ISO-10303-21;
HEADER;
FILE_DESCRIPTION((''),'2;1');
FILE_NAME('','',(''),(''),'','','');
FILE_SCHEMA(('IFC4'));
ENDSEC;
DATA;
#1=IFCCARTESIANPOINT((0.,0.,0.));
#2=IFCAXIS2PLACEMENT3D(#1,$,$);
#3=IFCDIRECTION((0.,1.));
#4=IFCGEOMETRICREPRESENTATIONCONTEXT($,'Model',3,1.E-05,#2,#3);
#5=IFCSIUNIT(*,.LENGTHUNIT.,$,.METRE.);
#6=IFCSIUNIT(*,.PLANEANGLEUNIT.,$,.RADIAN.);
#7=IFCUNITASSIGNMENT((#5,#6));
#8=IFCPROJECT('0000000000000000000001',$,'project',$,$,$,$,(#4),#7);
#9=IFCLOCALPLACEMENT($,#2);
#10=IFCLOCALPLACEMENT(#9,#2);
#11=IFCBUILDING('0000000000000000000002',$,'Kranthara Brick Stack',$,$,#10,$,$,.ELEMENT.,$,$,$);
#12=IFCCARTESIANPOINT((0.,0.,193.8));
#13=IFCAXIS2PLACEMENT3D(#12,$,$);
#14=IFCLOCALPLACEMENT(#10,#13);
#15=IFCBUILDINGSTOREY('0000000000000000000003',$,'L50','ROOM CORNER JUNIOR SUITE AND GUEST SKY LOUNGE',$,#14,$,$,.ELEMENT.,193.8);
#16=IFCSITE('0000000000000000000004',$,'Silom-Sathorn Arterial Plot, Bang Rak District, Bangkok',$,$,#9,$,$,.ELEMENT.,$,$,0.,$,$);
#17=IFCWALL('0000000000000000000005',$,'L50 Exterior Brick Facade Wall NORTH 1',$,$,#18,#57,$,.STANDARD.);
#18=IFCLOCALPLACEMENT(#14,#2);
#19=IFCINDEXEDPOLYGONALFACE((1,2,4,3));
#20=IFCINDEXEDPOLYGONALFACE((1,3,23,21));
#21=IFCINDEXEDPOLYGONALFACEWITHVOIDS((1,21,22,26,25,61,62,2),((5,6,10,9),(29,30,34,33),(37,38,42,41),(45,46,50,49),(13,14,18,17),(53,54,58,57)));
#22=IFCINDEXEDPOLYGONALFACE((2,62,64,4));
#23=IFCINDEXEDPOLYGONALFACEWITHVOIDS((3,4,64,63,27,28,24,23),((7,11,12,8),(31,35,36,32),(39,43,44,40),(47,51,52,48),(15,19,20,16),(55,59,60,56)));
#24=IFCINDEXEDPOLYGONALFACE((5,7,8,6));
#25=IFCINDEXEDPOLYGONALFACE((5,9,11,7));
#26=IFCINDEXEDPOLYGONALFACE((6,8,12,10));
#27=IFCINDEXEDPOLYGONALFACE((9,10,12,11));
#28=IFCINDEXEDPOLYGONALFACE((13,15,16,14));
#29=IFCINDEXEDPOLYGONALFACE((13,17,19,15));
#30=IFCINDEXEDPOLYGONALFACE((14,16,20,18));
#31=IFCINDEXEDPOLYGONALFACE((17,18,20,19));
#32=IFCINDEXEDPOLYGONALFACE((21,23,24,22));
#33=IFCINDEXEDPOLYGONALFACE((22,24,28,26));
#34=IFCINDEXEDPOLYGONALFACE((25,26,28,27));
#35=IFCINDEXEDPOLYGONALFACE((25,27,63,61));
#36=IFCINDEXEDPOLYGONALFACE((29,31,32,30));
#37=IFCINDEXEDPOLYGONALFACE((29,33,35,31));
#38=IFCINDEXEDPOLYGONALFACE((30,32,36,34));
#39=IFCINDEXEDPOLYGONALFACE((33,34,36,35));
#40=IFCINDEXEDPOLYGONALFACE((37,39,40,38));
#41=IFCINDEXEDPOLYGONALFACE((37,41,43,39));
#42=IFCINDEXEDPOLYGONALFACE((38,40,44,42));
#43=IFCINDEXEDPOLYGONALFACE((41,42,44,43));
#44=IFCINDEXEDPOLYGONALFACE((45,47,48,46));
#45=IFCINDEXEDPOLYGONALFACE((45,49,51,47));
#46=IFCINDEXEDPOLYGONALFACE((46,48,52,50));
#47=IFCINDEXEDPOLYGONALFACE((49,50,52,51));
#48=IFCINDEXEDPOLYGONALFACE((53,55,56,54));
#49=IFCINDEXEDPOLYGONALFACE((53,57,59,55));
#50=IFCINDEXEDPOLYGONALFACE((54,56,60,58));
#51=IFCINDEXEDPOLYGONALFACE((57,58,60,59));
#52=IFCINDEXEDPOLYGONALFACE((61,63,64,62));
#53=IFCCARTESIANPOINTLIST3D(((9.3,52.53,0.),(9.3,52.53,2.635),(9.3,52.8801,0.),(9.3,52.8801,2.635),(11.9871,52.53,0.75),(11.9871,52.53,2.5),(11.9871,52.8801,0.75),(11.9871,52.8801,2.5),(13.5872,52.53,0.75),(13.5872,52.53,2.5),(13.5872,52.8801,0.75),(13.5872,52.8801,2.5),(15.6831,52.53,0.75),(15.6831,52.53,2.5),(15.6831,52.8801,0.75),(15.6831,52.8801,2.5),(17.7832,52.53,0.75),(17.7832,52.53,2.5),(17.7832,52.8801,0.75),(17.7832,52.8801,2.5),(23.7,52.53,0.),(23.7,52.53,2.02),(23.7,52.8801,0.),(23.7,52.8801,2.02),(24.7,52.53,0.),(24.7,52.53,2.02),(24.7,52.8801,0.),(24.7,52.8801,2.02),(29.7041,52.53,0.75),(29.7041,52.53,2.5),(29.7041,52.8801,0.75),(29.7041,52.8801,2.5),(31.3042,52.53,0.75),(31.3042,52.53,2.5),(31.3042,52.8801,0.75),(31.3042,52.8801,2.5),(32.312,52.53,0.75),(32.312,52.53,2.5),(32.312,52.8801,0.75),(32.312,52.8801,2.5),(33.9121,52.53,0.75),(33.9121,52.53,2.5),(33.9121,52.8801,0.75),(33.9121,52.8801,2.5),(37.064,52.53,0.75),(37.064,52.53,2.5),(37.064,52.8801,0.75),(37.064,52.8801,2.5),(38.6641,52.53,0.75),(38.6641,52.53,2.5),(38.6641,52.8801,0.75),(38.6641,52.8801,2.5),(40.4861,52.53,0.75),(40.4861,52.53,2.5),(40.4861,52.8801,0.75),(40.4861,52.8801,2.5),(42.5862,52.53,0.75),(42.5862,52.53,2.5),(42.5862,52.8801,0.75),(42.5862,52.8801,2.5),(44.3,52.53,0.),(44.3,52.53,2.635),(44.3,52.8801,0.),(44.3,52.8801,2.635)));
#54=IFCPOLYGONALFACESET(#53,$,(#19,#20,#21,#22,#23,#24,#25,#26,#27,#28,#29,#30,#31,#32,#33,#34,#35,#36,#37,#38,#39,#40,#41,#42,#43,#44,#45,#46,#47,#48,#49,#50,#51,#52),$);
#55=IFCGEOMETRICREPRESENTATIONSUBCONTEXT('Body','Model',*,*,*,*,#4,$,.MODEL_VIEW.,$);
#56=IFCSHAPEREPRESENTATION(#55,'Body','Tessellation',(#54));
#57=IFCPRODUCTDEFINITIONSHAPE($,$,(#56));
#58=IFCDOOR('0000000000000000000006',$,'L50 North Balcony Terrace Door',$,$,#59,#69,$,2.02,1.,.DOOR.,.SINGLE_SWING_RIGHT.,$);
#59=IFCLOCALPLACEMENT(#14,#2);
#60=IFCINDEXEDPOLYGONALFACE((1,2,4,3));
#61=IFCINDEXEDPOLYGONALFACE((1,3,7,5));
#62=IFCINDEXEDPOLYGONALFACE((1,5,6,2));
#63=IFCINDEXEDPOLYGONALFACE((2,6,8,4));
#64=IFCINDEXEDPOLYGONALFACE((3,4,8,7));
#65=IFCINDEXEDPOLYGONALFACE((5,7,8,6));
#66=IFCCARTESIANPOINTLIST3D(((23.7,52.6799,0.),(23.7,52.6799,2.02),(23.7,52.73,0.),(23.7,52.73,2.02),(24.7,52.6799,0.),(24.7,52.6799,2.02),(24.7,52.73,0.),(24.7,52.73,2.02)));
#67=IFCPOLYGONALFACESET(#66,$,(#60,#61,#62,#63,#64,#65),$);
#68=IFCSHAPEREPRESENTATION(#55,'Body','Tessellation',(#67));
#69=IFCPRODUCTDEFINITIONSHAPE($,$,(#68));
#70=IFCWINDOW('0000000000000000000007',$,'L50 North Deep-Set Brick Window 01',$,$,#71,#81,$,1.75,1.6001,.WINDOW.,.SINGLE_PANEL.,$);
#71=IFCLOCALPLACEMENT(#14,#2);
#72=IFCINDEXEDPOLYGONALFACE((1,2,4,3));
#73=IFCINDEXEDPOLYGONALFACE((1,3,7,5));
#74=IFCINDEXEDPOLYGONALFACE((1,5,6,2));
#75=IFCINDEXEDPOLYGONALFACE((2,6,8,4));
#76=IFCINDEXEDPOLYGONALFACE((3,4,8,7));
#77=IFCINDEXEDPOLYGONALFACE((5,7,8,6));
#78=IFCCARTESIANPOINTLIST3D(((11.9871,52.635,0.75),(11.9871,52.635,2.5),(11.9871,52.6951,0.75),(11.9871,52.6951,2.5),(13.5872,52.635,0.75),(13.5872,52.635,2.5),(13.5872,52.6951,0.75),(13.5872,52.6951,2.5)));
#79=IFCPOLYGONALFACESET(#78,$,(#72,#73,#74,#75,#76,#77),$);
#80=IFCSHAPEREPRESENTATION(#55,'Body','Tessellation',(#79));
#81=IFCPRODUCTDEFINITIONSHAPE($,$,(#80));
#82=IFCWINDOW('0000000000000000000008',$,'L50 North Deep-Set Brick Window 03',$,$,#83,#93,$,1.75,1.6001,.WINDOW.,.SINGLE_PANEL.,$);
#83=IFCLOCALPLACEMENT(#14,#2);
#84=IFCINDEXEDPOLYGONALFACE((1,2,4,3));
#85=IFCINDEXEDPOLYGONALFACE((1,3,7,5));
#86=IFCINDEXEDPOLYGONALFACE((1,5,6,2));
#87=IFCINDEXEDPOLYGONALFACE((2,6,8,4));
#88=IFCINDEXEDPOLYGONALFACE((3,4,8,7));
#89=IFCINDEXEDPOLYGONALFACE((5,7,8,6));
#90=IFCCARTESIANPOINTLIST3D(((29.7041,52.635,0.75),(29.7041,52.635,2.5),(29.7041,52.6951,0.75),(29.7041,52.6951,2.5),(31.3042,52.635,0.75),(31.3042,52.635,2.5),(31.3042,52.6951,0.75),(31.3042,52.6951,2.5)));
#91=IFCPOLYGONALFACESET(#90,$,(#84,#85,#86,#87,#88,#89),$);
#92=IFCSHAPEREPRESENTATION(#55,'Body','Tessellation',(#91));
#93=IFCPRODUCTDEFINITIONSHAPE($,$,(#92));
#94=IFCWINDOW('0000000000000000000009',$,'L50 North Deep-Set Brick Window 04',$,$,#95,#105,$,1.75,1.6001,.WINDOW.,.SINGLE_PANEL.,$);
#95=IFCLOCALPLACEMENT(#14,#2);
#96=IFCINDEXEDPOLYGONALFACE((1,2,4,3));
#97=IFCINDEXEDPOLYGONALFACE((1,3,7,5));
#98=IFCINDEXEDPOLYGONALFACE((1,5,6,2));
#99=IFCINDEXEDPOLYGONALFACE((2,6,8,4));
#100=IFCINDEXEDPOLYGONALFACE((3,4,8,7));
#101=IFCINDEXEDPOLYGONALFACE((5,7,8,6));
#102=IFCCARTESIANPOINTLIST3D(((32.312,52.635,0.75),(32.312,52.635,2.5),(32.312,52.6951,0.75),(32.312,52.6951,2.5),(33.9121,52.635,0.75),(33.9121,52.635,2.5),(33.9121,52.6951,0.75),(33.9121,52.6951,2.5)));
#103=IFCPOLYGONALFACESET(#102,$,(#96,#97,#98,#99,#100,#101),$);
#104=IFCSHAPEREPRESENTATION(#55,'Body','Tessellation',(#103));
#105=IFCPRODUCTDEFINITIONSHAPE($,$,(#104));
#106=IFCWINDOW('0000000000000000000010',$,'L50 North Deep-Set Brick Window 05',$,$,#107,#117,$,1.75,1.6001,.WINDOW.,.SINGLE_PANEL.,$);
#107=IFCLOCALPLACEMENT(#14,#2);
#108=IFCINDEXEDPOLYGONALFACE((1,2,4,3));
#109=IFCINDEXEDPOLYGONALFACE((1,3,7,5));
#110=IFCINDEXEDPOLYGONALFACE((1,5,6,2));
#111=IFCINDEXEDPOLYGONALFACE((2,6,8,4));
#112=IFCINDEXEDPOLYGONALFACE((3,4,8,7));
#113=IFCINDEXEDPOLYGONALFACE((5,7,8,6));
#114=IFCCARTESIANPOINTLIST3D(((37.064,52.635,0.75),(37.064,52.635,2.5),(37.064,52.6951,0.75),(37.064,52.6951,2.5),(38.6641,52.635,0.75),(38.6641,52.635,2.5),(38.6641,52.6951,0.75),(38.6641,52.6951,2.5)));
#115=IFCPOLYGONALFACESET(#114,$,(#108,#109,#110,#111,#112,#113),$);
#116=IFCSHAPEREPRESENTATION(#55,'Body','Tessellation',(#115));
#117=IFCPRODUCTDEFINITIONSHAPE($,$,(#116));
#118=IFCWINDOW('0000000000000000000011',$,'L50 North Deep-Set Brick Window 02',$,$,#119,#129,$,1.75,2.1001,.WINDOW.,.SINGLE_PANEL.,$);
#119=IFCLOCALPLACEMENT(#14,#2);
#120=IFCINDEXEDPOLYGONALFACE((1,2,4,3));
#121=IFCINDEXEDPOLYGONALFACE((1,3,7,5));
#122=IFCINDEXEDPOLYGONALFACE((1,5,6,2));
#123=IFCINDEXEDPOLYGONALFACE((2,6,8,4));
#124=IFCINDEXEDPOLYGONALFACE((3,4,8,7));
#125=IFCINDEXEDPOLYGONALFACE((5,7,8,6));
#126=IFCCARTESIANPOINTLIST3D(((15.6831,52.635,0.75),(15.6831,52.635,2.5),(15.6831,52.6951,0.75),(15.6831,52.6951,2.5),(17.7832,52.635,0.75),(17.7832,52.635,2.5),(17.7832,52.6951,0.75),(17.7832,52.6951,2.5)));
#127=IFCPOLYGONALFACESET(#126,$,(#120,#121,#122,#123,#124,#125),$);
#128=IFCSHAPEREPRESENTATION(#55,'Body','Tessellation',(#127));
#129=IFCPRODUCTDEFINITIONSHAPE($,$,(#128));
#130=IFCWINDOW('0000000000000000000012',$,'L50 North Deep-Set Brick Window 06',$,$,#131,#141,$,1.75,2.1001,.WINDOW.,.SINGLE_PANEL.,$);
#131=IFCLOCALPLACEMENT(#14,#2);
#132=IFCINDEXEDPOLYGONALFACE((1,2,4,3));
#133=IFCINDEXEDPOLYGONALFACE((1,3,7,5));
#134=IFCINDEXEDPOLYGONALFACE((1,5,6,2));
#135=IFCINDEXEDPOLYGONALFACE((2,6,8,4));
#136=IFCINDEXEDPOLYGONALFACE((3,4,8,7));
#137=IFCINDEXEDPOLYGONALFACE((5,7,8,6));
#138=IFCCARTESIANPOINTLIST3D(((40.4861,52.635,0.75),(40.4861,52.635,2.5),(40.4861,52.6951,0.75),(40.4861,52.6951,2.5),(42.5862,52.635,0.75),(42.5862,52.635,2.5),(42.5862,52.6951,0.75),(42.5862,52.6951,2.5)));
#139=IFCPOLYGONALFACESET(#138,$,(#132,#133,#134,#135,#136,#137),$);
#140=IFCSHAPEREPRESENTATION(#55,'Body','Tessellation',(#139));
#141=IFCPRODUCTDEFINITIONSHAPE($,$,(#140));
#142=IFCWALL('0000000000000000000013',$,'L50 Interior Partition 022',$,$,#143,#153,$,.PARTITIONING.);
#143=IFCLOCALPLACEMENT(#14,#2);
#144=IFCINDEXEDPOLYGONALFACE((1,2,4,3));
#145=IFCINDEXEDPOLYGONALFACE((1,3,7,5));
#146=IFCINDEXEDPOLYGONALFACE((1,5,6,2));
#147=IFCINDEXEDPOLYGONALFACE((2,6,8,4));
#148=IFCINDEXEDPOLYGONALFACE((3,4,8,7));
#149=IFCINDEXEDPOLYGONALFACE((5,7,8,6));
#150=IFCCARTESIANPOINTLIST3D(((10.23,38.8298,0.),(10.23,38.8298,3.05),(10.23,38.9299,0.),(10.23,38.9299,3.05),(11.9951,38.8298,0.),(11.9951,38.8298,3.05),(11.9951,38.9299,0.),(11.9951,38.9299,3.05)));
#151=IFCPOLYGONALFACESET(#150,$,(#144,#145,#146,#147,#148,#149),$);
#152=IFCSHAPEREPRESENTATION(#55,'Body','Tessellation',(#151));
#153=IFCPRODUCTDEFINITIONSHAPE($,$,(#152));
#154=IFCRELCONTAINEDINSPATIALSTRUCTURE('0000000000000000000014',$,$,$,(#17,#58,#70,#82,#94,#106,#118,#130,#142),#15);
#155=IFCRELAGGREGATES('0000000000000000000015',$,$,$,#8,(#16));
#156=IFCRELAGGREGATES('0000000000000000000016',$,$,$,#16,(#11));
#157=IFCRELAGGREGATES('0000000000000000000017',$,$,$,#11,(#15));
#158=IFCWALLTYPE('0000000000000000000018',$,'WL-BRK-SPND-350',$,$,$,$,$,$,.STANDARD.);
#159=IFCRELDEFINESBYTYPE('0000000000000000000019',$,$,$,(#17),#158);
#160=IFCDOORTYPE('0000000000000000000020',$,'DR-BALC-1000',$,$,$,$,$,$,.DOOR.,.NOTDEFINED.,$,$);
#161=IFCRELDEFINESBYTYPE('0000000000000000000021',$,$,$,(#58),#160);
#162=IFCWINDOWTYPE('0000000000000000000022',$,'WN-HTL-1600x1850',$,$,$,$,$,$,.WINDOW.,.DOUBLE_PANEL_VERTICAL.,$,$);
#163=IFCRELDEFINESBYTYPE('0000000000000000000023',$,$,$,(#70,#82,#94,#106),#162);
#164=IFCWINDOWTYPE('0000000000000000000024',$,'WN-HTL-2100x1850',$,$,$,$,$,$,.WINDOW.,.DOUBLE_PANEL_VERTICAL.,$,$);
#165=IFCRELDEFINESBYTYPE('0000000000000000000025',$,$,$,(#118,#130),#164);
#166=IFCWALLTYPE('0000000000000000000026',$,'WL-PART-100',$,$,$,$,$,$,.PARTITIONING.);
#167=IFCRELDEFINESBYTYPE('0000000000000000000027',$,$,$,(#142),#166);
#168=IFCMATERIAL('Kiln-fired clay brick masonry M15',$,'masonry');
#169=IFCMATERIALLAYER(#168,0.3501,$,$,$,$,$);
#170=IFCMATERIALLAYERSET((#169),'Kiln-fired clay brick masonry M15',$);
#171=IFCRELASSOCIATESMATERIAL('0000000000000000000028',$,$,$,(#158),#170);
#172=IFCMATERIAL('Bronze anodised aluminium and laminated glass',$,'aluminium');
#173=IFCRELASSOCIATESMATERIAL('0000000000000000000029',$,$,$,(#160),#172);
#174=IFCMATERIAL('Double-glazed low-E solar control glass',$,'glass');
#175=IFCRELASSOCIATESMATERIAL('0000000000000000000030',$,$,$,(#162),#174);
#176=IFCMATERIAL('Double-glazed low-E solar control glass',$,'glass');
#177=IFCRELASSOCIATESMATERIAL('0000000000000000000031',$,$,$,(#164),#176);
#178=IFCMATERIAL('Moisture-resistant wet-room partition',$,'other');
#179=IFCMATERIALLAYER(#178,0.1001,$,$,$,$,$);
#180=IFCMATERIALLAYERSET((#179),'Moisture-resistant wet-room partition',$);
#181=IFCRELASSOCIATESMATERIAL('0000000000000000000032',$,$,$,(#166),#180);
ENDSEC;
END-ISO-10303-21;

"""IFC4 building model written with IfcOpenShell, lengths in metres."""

from ifc_helpers import new_model, si_unit, direction, frame, frame_2d, origin, place, context, subcontext, project, spatial, rectangle, extrude, material, layer, layer_set, type_object, element, fill, save


model = new_model("IFC4")

# Units and contexts
model_context = context("Model", 3, precision=1e-05, world=origin(), true_north=direction((0.0, 1.0)))
body_context = subcontext(model_context, "Body", "Model", "MODEL_VIEW")
ifc_project = project(units=[si_unit("LENGTHUNIT", "METRE"), si_unit("PLANEANGLEUNIT", "RADIAN")], contexts=[model_context])

# Site, building, storey
site_placement = place(None, origin())
site = spatial("IfcSite", under=ifc_project, at=site_placement, Name="Silom-Sathorn Arterial Plot, Bang Rak District, Bangkok", CompositionType="ELEMENT", RefElevation=0.0)
building_placement = place(site_placement, origin())
building = spatial("IfcBuilding", under=site, at=building_placement, Name="Kranthara Brick Stack", CompositionType="ELEMENT")
storey_placement = place(building_placement, frame((0.0, 0.0, 193.8)))
storey = spatial("IfcBuildingStorey", under=building, at=storey_placement, Name="L50", Description="ROOM CORNER JUNIOR SUITE AND GUEST SKY LOUNGE", CompositionType="ELEMENT", Elevation=193.8)

# Shared definitions
ifc_material_1 = material(Name="Kiln-fired clay brick masonry M15", Category="masonry")
ifc_layer_1 = layer(ifc_material_1, 0.3501)
ifc_layer_set_1 = layer_set([ifc_layer_1], Name="Kiln-fired clay brick masonry M15")
wall_type_1 = type_object("IfcWallType", Name="WL-BRK-SPND-350", PredefinedType="STANDARD", material=ifc_layer_set_1)

# Wall, openings, door, windows
wall_1_placement = place(storey_placement, frame((9.3, 52.7051, 0.0), z_axis=(0.0, 0.0, 1.0), x_axis=(1.0, 0.0, 0.0)))
wall_1 = element("IfcWall", 1, at=wall_1_placement, inside=storey, type_object=wall_type_1, Name="L50 Exterior Brick Facade Wall NORTH 1", PredefinedType="STANDARD", context=body_context, shape_type="SweptSolid", body=[
    extrude(rectangle(XDim=35.0, YDim=0.3501, at=frame_2d((17.5, 0.0))), origin(), (0.0, 0.0, 1.0), 2.635),
])
opening_1_placement = place(wall_1_placement, frame((14.3999, 0.0, 0.0)))
opening_1 = element("IfcOpeningElement", 2, at=opening_1_placement, cuts=wall_1, PredefinedType="OPENING", context=body_context, shape_type="SweptSolid", body=[
    extrude(rectangle(XDim=1.0, YDim=2.02, at=frame_2d((0.5, 1.01))), frame((0.0, 0.1851, 0.0), z_axis=(0.0, -1.0, 0.0), x_axis=(1.0, 0.0, 0.0)), (0.0, 0.0, 1.0), 0.3701),
])
opening_2_placement = place(wall_1_placement, frame((2.687, 0.0, 0.75)))
opening_2 = element("IfcOpeningElement", 3, at=opening_2_placement, cuts=wall_1, PredefinedType="OPENING", context=body_context, shape_type="SweptSolid", body=[
    extrude(rectangle(XDim=1.6001, YDim=1.75, at=frame_2d((0.8, 0.875))), frame((0.0, 0.1851, 0.0), z_axis=(0.0, -1.0, 0.0), x_axis=(1.0, 0.0, 0.0)), (0.0, 0.0, 1.0), 0.3701),
])
opening_3_placement = place(wall_1_placement, frame((6.3831, 0.0, 0.75)))
opening_3 = element("IfcOpeningElement", 4, at=opening_3_placement, cuts=wall_1, PredefinedType="OPENING", context=body_context, shape_type="SweptSolid", body=[
    extrude(rectangle(XDim=2.1001, YDim=1.75, at=frame_2d((1.05, 0.875))), frame((0.0, 0.1851, 0.0), z_axis=(0.0, -1.0, 0.0), x_axis=(1.0, 0.0, 0.0)), (0.0, 0.0, 1.0), 0.3701),
])
opening_4_placement = place(wall_1_placement, frame((20.4041, 0.0, 0.75)))
opening_4 = element("IfcOpeningElement", 5, at=opening_4_placement, cuts=wall_1, PredefinedType="OPENING", context=body_context, shape_type="SweptSolid", body=[
    extrude(rectangle(XDim=1.6001, YDim=1.75, at=frame_2d((0.8, 0.875))), frame((0.0, 0.1851, 0.0), z_axis=(0.0, -1.0, 0.0), x_axis=(1.0, 0.0, 0.0)), (0.0, 0.0, 1.0), 0.3701),
])
opening_5_placement = place(wall_1_placement, frame((23.012, 0.0, 0.75)))
opening_5 = element("IfcOpeningElement", 6, at=opening_5_placement, cuts=wall_1, PredefinedType="OPENING", context=body_context, shape_type="SweptSolid", body=[
    extrude(rectangle(XDim=1.6001, YDim=1.75, at=frame_2d((0.8, 0.875))), frame((0.0, 0.1851, 0.0), z_axis=(0.0, -1.0, 0.0), x_axis=(1.0, 0.0, 0.0)), (0.0, 0.0, 1.0), 0.3701),
])
opening_6_placement = place(wall_1_placement, frame((27.7639, 0.0, 0.75)))
opening_6 = element("IfcOpeningElement", 7, at=opening_6_placement, cuts=wall_1, PredefinedType="OPENING", context=body_context, shape_type="SweptSolid", body=[
    extrude(rectangle(XDim=1.6001, YDim=1.75, at=frame_2d((0.8, 0.875))), frame((0.0, 0.1851, 0.0), z_axis=(0.0, -1.0, 0.0), x_axis=(1.0, 0.0, 0.0)), (0.0, 0.0, 1.0), 0.3701),
])
opening_7_placement = place(wall_1_placement, frame((31.186, 0.0, 0.75)))
opening_7 = element("IfcOpeningElement", 8, at=opening_7_placement, cuts=wall_1, PredefinedType="OPENING", context=body_context, shape_type="SweptSolid", body=[
    extrude(rectangle(XDim=2.1001, YDim=1.75, at=frame_2d((1.05, 0.875))), frame((0.0, 0.1851, 0.0), z_axis=(0.0, -1.0, 0.0), x_axis=(1.0, 0.0, 0.0)), (0.0, 0.0, 1.0), 0.3701),
])
ifc_material_2 = material(Name="Bronze anodised aluminium and laminated glass", Category="aluminium")
door_type = type_object("IfcDoorType", Name="DR-BALC-1000", OperationType="NOTDEFINED", PredefinedType="DOOR", material=ifc_material_2)
door_placement = place(opening_1_placement, origin())
door = element("IfcDoor", 9, at=door_placement, inside=storey, type_object=door_type, Name="L50 North Balcony Terrace Door", OperationType="SINGLE_SWING_RIGHT", OverallHeight=2.02, OverallWidth=1.0, PredefinedType="DOOR", context=body_context, shape_type="SweptSolid", body=[
    extrude(rectangle(XDim=1.0, YDim=2.02, at=frame_2d((0.5, 1.01))), frame((0.0, 0.0249, 0.0), z_axis=(0.0, -1.0, 0.0), x_axis=(1.0, 0.0, 0.0)), (0.0, 0.0, 1.0), 0.05),
])
fill(opening_1, door)
ifc_material_3 = material(Name="Double-glazed low-E solar control glass", Category="glass")
window_type_1 = type_object("IfcWindowType", Name="WN-HTL-1600x1850", PartitioningType="DOUBLE_PANEL_VERTICAL", PredefinedType="WINDOW", material=ifc_material_3)
window_1_placement = place(opening_2_placement, origin())
window_1 = element("IfcWindow", 10, at=window_1_placement, inside=storey, type_object=window_type_1, Name="L50 North Deep-Set Brick Window 01", OverallHeight=1.75, OverallWidth=1.6001, PartitioningType="SINGLE_PANEL", PredefinedType="WINDOW", context=body_context, shape_type="SweptSolid", body=[
    extrude(rectangle(XDim=1.6001, YDim=1.75, at=frame_2d((0.8, 0.875))), frame((0.0, -0.01, 0.0), z_axis=(0.0, -1.0, 0.0), x_axis=(1.0, 0.0, 0.0)), (0.0, 0.0, 1.0), 0.0601),
])
fill(opening_2, window_1)
window_2_placement = place(opening_4_placement, origin())
window_2 = element("IfcWindow", 11, at=window_2_placement, inside=storey, type_object=window_type_1, Name="L50 North Deep-Set Brick Window 03", OverallHeight=1.75, OverallWidth=1.6001, PartitioningType="SINGLE_PANEL", PredefinedType="WINDOW", context=body_context, shape_type="SweptSolid", body=[
    extrude(rectangle(XDim=1.6001, YDim=1.75, at=frame_2d((0.8, 0.875))), frame((0.0, -0.01, 0.0), z_axis=(0.0, -1.0, 0.0), x_axis=(1.0, 0.0, 0.0)), (0.0, 0.0, 1.0), 0.0601),
])
fill(opening_4, window_2)
window_3_placement = place(opening_5_placement, origin())
window_3 = element("IfcWindow", 12, at=window_3_placement, inside=storey, type_object=window_type_1, Name="L50 North Deep-Set Brick Window 04", OverallHeight=1.75, OverallWidth=1.6001, PartitioningType="SINGLE_PANEL", PredefinedType="WINDOW", context=body_context, shape_type="SweptSolid", body=[
    extrude(rectangle(XDim=1.6001, YDim=1.75, at=frame_2d((0.8, 0.875))), frame((0.0, -0.01, 0.0), z_axis=(0.0, -1.0, 0.0), x_axis=(1.0, 0.0, 0.0)), (0.0, 0.0, 1.0), 0.0601),
])
fill(opening_5, window_3)
window_4_placement = place(opening_6_placement, origin())
window_4 = element("IfcWindow", 13, at=window_4_placement, inside=storey, type_object=window_type_1, Name="L50 North Deep-Set Brick Window 05", OverallHeight=1.75, OverallWidth=1.6001, PartitioningType="SINGLE_PANEL", PredefinedType="WINDOW", context=body_context, shape_type="SweptSolid", body=[
    extrude(rectangle(XDim=1.6001, YDim=1.75, at=frame_2d((0.8, 0.875))), frame((0.0, -0.01, 0.0), z_axis=(0.0, -1.0, 0.0), x_axis=(1.0, 0.0, 0.0)), (0.0, 0.0, 1.0), 0.0601),
])
fill(opening_6, window_4)
ifc_material_4 = material(Name="Double-glazed low-E solar control glass", Category="glass")
window_type_2 = type_object("IfcWindowType", Name="WN-HTL-2100x1850", PartitioningType="DOUBLE_PANEL_VERTICAL", PredefinedType="WINDOW", material=ifc_material_4)
window_5_placement = place(opening_3_placement, origin())
window_5 = element("IfcWindow", 14, at=window_5_placement, inside=storey, type_object=window_type_2, Name="L50 North Deep-Set Brick Window 02", OverallHeight=1.75, OverallWidth=2.1001, PartitioningType="SINGLE_PANEL", PredefinedType="WINDOW", context=body_context, shape_type="SweptSolid", body=[
    extrude(rectangle(XDim=2.1001, YDim=1.75, at=frame_2d((1.05, 0.875))), frame((0.0, -0.01, 0.0), z_axis=(0.0, -1.0, 0.0), x_axis=(1.0, 0.0, 0.0)), (0.0, 0.0, 1.0), 0.0601),
])
fill(opening_3, window_5)
window_6_placement = place(opening_7_placement, origin())
window_6 = element("IfcWindow", 15, at=window_6_placement, inside=storey, type_object=window_type_2, Name="L50 North Deep-Set Brick Window 06", OverallHeight=1.75, OverallWidth=2.1001, PartitioningType="SINGLE_PANEL", PredefinedType="WINDOW", context=body_context, shape_type="SweptSolid", body=[
    extrude(rectangle(XDim=2.1001, YDim=1.75, at=frame_2d((1.05, 0.875))), frame((0.0, -0.01, 0.0), z_axis=(0.0, -1.0, 0.0), x_axis=(1.0, 0.0, 0.0)), (0.0, 0.0, 1.0), 0.0601),
])
fill(opening_7, window_6)

# Wall
ifc_material_5 = material(Name="Moisture-resistant wet-room partition", Category="other")
ifc_layer_2 = layer(ifc_material_5, 0.1001)
ifc_layer_set_2 = layer_set([ifc_layer_2], Name="Moisture-resistant wet-room partition")
wall_type_2 = type_object("IfcWallType", Name="WL-PART-100", PredefinedType="PARTITIONING", material=ifc_layer_set_2)
for number, where, z_axis, x_axis, name in (
    (16, (10.23, 38.8799, 0.0), (0.0, 0.0, 1.0), (1.0, 0.0, 0.0), "L50 Interior Partition 022"),
):
    element("IfcWall", number, at=place(storey_placement, frame(where, z_axis=z_axis, x_axis=x_axis)), inside=storey, type_object=wall_type_2, Name=name, PredefinedType="PARTITIONING", context=body_context, shape_type="SweptSolid", body=[
        extrude(rectangle(XDim=1.7651, YDim=0.1001, at=frame_2d((0.8826, 0.0))), origin(), (0.0, 0.0, 1.0), 3.05),
    ])

save(model, "model.ifc")
